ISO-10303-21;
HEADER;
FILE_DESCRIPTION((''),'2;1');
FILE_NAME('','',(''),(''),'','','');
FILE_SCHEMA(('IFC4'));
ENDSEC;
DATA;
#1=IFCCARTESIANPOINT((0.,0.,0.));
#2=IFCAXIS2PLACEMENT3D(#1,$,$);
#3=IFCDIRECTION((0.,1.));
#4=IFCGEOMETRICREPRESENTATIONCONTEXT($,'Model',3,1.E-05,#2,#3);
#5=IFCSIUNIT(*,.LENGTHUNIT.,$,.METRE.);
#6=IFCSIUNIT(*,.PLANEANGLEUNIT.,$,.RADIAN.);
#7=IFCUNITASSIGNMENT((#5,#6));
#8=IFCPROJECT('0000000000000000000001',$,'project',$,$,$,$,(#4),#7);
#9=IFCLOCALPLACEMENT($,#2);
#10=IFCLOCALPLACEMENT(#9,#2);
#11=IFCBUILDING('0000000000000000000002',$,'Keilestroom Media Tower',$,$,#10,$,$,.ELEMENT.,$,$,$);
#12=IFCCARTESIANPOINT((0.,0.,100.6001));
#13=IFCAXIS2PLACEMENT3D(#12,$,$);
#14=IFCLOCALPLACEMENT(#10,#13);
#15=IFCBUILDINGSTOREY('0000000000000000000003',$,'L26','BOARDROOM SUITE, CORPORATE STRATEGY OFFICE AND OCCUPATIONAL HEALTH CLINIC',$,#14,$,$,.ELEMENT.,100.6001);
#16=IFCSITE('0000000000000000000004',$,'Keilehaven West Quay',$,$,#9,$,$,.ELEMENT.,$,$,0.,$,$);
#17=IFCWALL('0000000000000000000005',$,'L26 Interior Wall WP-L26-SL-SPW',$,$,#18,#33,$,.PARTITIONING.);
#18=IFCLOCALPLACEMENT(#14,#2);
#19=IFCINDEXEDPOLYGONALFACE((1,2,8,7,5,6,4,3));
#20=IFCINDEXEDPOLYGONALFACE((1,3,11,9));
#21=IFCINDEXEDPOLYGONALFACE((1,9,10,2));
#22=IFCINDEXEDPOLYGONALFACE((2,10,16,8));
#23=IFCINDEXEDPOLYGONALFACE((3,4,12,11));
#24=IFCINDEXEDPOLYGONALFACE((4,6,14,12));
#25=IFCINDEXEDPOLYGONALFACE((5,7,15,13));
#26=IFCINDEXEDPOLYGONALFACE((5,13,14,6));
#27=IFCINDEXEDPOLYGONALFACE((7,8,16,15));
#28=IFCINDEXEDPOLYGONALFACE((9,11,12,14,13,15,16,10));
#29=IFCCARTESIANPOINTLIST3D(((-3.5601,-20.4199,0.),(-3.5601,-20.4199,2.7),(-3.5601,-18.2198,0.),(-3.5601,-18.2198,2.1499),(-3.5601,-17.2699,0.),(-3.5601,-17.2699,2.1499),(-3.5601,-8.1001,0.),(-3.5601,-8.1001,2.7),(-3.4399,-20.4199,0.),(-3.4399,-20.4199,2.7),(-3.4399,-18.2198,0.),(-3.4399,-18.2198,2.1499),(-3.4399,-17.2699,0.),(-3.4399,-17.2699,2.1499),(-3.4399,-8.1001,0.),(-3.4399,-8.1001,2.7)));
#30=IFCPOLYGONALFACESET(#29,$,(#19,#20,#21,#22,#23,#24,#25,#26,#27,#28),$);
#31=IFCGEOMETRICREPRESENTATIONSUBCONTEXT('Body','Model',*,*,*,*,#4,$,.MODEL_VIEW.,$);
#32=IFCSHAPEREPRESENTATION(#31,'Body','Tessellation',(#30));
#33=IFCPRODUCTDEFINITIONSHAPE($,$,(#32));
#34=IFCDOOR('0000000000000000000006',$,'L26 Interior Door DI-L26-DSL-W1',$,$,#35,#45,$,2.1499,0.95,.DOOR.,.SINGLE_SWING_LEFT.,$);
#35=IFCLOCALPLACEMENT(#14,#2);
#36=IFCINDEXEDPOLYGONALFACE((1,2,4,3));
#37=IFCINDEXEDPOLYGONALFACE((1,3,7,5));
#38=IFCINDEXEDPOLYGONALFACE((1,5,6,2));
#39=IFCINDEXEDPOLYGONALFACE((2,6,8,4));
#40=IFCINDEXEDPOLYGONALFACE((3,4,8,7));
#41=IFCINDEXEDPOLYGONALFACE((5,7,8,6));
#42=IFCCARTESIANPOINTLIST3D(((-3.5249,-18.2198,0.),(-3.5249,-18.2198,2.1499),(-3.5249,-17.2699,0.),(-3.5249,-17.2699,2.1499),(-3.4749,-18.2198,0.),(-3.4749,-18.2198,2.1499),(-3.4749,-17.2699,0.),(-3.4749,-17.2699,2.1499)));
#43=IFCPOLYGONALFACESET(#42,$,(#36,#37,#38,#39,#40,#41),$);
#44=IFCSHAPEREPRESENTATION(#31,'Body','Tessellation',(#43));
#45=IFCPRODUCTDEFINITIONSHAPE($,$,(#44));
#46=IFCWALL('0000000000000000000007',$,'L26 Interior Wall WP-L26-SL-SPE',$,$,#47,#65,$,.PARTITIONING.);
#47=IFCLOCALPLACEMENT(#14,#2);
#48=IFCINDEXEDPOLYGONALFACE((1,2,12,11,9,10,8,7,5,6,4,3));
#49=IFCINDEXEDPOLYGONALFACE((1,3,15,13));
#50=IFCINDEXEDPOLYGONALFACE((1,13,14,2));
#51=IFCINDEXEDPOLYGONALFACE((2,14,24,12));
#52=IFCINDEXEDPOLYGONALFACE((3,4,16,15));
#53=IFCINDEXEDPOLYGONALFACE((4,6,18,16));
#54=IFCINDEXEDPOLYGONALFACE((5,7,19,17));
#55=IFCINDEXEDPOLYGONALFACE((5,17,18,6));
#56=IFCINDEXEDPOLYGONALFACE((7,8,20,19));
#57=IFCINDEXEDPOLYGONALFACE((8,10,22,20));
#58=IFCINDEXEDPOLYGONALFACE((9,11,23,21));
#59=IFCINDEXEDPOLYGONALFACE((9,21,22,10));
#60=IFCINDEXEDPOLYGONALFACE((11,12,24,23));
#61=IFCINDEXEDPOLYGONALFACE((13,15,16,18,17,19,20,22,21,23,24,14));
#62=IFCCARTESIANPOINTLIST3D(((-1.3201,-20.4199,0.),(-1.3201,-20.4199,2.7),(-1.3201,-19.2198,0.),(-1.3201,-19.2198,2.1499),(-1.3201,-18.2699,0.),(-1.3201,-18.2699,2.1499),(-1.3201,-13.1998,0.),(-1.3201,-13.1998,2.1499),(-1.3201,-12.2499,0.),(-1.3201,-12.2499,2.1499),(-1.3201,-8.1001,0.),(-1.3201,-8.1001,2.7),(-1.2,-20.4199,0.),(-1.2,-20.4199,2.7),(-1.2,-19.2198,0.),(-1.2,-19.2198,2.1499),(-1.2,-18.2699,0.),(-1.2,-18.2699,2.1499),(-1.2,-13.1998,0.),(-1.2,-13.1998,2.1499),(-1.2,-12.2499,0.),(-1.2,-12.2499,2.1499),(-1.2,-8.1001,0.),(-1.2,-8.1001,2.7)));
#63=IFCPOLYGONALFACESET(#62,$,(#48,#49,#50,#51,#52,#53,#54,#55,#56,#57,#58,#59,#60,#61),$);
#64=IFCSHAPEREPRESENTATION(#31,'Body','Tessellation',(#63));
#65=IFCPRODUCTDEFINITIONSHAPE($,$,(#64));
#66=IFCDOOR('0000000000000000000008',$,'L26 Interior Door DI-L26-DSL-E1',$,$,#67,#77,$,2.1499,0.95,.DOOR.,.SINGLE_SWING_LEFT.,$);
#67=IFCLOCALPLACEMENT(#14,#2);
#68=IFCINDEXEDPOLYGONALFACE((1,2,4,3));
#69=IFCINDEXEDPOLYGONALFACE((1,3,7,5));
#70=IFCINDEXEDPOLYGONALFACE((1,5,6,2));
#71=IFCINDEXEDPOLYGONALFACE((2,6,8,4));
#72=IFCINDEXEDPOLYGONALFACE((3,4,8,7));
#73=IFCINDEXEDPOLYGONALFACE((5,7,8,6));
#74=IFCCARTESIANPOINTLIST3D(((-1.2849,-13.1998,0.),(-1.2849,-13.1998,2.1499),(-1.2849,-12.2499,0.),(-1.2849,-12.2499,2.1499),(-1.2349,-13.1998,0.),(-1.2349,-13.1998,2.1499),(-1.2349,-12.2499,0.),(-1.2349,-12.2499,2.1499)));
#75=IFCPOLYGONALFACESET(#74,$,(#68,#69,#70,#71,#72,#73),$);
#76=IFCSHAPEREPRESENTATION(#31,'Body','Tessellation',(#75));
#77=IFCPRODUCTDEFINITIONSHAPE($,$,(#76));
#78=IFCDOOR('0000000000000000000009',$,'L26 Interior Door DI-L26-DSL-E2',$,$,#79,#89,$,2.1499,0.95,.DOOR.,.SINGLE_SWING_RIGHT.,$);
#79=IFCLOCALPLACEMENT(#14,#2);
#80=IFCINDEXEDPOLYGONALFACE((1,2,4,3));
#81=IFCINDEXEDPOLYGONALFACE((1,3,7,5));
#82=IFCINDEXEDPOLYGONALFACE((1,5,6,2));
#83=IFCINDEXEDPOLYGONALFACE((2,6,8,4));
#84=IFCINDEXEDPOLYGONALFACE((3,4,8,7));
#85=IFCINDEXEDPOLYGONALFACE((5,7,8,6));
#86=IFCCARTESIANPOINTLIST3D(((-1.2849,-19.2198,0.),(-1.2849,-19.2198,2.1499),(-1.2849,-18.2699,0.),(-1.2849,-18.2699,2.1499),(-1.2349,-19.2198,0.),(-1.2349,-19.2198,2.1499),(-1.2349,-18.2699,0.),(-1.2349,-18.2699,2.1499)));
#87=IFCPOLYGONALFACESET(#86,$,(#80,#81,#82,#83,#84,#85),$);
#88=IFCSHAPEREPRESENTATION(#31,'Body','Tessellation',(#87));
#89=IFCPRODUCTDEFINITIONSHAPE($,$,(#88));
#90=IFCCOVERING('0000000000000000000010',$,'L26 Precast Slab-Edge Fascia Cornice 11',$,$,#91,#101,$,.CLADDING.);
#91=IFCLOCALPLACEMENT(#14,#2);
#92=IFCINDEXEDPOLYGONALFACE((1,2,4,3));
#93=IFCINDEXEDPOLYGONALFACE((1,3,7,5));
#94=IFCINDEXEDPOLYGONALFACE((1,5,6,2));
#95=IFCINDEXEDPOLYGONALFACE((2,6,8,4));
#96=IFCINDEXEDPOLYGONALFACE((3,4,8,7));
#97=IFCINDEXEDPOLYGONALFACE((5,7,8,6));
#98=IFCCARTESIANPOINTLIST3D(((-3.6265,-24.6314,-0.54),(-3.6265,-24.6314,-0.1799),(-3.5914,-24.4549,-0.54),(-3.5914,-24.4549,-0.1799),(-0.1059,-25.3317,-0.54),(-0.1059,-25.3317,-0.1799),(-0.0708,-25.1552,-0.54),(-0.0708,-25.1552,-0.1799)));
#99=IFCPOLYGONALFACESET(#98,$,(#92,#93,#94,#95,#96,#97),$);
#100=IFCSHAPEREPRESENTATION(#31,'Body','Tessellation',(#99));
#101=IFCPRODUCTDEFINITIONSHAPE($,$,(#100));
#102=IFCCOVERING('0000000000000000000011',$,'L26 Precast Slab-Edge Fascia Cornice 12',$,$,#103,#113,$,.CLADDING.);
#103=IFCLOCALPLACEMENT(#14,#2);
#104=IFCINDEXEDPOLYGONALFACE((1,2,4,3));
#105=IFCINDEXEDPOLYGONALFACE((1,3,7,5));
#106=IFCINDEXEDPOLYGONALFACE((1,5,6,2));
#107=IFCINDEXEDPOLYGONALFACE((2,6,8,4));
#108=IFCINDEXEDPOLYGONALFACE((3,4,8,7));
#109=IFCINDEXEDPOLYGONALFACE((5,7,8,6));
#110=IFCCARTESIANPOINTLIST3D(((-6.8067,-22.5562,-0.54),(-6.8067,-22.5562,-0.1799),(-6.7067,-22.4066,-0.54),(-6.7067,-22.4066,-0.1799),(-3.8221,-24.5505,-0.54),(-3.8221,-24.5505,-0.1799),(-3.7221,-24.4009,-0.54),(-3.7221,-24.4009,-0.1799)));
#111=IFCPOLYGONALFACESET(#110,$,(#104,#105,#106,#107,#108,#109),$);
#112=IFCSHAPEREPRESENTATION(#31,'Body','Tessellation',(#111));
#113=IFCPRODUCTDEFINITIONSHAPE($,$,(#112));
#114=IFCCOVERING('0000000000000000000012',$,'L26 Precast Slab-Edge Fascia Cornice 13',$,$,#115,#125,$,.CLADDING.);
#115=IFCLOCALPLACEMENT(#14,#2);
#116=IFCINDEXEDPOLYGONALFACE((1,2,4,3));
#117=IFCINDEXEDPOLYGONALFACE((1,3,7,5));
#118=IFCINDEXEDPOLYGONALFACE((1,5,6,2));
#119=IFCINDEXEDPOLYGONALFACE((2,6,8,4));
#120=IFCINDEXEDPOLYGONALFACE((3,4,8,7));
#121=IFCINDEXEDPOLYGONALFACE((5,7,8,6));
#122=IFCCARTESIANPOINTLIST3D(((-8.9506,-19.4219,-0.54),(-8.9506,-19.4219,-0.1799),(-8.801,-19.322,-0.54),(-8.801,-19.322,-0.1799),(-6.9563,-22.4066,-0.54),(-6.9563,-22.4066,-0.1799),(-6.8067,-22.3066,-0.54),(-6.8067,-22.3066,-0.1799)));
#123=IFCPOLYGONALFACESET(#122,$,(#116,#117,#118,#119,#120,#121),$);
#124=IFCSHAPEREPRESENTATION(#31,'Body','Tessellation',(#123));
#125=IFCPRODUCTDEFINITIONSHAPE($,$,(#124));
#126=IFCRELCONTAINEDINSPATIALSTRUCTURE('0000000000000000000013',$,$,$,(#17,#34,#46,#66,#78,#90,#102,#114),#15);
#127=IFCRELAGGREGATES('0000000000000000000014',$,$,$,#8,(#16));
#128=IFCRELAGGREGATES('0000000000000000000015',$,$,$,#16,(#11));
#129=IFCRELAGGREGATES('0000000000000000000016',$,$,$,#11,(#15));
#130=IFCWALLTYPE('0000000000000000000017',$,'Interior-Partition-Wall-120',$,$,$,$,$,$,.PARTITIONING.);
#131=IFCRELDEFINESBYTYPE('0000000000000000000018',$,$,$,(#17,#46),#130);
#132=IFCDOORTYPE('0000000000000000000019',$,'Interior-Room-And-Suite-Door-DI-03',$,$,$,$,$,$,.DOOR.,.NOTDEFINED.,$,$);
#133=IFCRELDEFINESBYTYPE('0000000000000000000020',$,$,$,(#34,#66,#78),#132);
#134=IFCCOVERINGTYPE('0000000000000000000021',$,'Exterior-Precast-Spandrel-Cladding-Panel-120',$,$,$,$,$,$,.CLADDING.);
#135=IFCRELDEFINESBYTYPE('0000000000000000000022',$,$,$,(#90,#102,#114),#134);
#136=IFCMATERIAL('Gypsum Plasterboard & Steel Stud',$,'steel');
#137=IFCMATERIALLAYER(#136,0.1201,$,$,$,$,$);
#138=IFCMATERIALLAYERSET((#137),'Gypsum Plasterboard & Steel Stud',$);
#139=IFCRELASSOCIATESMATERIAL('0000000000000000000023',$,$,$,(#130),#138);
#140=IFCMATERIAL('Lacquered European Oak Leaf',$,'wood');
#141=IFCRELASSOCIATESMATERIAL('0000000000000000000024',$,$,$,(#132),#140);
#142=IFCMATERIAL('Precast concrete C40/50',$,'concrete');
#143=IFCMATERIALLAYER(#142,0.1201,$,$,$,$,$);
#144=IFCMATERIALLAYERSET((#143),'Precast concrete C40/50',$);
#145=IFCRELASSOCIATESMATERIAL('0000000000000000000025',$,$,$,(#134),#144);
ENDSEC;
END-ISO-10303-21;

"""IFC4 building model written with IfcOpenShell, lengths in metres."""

from ifc_helpers import new_model, si_unit, direction, frame, frame_2d, origin, origin_2d, place, context, subcontext, project, spatial, rectangle, extrude, source, transform, mapped, material, layer, layer_set, type_object, element, fill, save


model = new_model("IFC4")

# Units and contexts
model_context = context("Model", 3, precision=1e-05, world=origin(), true_north=direction((0.0, 1.0)))
body_context = subcontext(model_context, "Body", "Model", "MODEL_VIEW")
ifc_project = project(units=[si_unit("LENGTHUNIT", "METRE"), si_unit("PLANEANGLEUNIT", "RADIAN")], contexts=[model_context])

# Site, building, storey
site_placement = place(None, origin())
site = spatial("IfcSite", under=ifc_project, at=site_placement, Name="Keilehaven West Quay", CompositionType="ELEMENT", RefElevation=0.0)
building_placement = place(site_placement, origin())
building = spatial("IfcBuilding", under=site, at=building_placement, Name="Keilestroom Media Tower", CompositionType="ELEMENT")
storey_placement = place(building_placement, frame((0.0, 0.0, 100.6001)))
storey = spatial("IfcBuildingStorey", under=building, at=storey_placement, Name="L26", Description="BOARDROOM SUITE, CORPORATE STRATEGY OFFICE AND OCCUPATIONAL HEALTH CLINIC", CompositionType="ELEMENT", Elevation=100.6001)

# Shared definitions
ifc_material_1 = material(Name="Precast concrete C40/50", Category="concrete")

# Wall, opening, door
ifc_material_2 = material(Name="Gypsum Plasterboard & Steel Stud", Category="steel")
ifc_layer_1 = layer(ifc_material_2, 0.1201)
ifc_layer_set_1 = layer_set([ifc_layer_1], Name="Gypsum Plasterboard & Steel Stud")
wall_type_1 = type_object("IfcWallType", Name="Interior-Partition-Wall-120", PredefinedType="PARTITIONING", material=ifc_layer_set_1)
wall_1_placement = place(storey_placement, frame((-3.5, -20.4199, 0.0), z_axis=(0.0, 0.0, 1.0), x_axis=(0.0, 1.0, 0.0)))
wall_1 = element("IfcWall", 1, at=wall_1_placement, inside=storey, type_object=wall_type_1, Name="L26 Interior Wall WP-L26-SL-SPW", PredefinedType="PARTITIONING", context=body_context, shape_type="SweptSolid", body=[
    extrude(rectangle(XDim=12.3198, YDim=0.1201, at=frame_2d((6.1599, 0.0))), origin(), (0.0, 0.0, 1.0), 2.7),
])
opening_1_placement = place(wall_1_placement, frame((2.2, 0.0, 0.0)))
opening_1 = element("IfcOpeningElement", 2, at=opening_1_placement, cuts=wall_1, PredefinedType="OPENING", context=body_context, shape_type="SweptSolid", body=[
    extrude(rectangle(XDim=0.95, YDim=2.1499, at=frame_2d((0.4751, 1.075))), frame((0.0, 0.0701, 0.0), z_axis=(0.0, -1.0, 0.0), x_axis=(1.0, 0.0, 0.0)), (0.0, 0.0, 1.0), 0.1401),
])
ifc_material_3 = material(Name="Lacquered European Oak Leaf", Category="wood")
door_type = type_object("IfcDoorType", Name="Interior-Room-And-Suite-Door-DI-03", OperationType="NOTDEFINED", PredefinedType="DOOR", material=ifc_material_3)
shared_shape_1 = source(origin(), body_context, "Body", "SweptSolid", [
    extrude(rectangle(XDim=0.95, YDim=2.1499, at=frame_2d((0.4751, 1.075))), frame((0.0, 0.0249, 0.0), z_axis=(0.0, -1.0, 0.0), x_axis=(1.0, 0.0, 0.0)), (0.0, 0.0, 1.0), 0.05),
])
door_1_placement = place(opening_1_placement, origin())
door_1 = element("IfcDoor", 3, at=door_1_placement, inside=storey, type_object=door_type, Name="L26 Interior Door DI-L26-DSL-W1", OperationType="SINGLE_SWING_LEFT", OverallHeight=2.1499, OverallWidth=0.95, PredefinedType="DOOR", context=body_context, shape_type="MappedRepresentation", body=[
    mapped(shared_shape_1, transform((0.0, 0.0, 0.0), x_axis=(1.0, 0.0, 0.0), y_axis=(0.0, 1.0, 0.0), z_axis=(0.0, 0.0, 1.0), scale=1.0)),
])
fill(opening_1, door_1)

# Wall, openings, doors
wall_2_placement = place(storey_placement, frame((-1.26, -20.4199, 0.0), z_axis=(0.0, 0.0, 1.0), x_axis=(0.0, 1.0, 0.0)))
wall_2 = element("IfcWall", 4, at=wall_2_placement, inside=storey, type_object=wall_type_1, Name="L26 Interior Wall WP-L26-SL-SPE", PredefinedType="PARTITIONING", context=body_context, shape_type="SweptSolid", body=[
    extrude(rectangle(XDim=12.3198, YDim=0.1201, at=frame_2d((6.1599, 0.0))), origin(), (0.0, 0.0, 1.0), 2.7),
])
opening_2_placement = place(wall_2_placement, frame((7.22, 0.0, 0.0)))
opening_2 = element("IfcOpeningElement", 5, at=opening_2_placement, cuts=wall_2, PredefinedType="OPENING", context=body_context, shape_type="SweptSolid", body=[
    extrude(rectangle(XDim=0.95, YDim=2.1499, at=frame_2d((0.4751, 1.075))), frame((0.0, 0.0701, 0.0), z_axis=(0.0, -1.0, 0.0), x_axis=(1.0, 0.0, 0.0)), (0.0, 0.0, 1.0), 0.1401),
])
opening_3_placement = place(wall_2_placement, frame((1.2, 0.0, 0.0)))
opening_3 = element("IfcOpeningElement", 6, at=opening_3_placement, cuts=wall_2, PredefinedType="OPENING", context=body_context, shape_type="SweptSolid", body=[
    extrude(rectangle(XDim=0.95, YDim=2.1499, at=frame_2d((0.4751, 1.075))), frame((0.0, 0.0701, 0.0), z_axis=(0.0, -1.0, 0.0), x_axis=(1.0, 0.0, 0.0)), (0.0, 0.0, 1.0), 0.1401),
])
door_2_placement = place(opening_2_placement, origin())
door_2 = element("IfcDoor", 7, at=door_2_placement, inside=storey, type_object=door_type, Name="L26 Interior Door DI-L26-DSL-E1", OperationType="SINGLE_SWING_LEFT", OverallHeight=2.1499, OverallWidth=0.95, PredefinedType="DOOR", context=body_context, shape_type="MappedRepresentation", body=[
    mapped(shared_shape_1, transform((0.0, 0.0, 0.0), x_axis=(1.0, 0.0, 0.0), y_axis=(0.0, 1.0, 0.0), z_axis=(0.0, 0.0, 1.0), scale=1.0)),
])
fill(opening_2, door_2)
door_3_placement = place(opening_3_placement, origin())
door_3 = element("IfcDoor", 8, at=door_3_placement, inside=storey, type_object=door_type, Name="L26 Interior Door DI-L26-DSL-E2", OperationType="SINGLE_SWING_RIGHT", OverallHeight=2.1499, OverallWidth=0.95, PredefinedType="DOOR", context=body_context, shape_type="MappedRepresentation", body=[
    mapped(shared_shape_1, transform((0.0, 0.0, 0.0), x_axis=(1.0, 0.0, 0.0), y_axis=(0.0, 1.0, 0.0), z_axis=(0.0, 0.0, 1.0), scale=1.0)),
])
fill(opening_3, door_3)

# Coverings
ifc_layer_2 = layer(ifc_material_1, 0.1201)
ifc_layer_set_2 = layer_set([ifc_layer_2], Name="Precast concrete C40/50")
covering_type = type_object("IfcCoveringType", Name="Exterior-Precast-Spandrel-Cladding-Panel-120", PredefinedType="CLADDING", material=ifc_layer_set_2)
shared_shape_2 = source(origin(), body_context, "Body", "SweptSolid", [
    extrude(rectangle(XDim=3.5896, YDim=0.1799, at=origin_2d()), origin(), (0.0, 0.0, 1.0), 0.3601),
])
for number, where, z_axis, x_axis, name in (
    (9, (-1.8486, -24.8933, -0.54), (0.0, 0.0, 1.0), (-0.980784, 0.195099, 0.0), "L26 Precast Slab-Edge Fascia Cornice 11"),
    (10, (-5.2644, -23.4785, -0.54), (0.0, 0.0, 1.0), (-0.831467, 0.555575, 0.0), "L26 Precast Slab-Edge Fascia Cornice 12"),
    (11, (-7.8787, -20.8643, -0.54), (0.0, 0.0, 1.0), (-0.555575, 0.831467, 0.0), "L26 Precast Slab-Edge Fascia Cornice 13"),
):
    element("IfcCovering", number, at=place(storey_placement, frame(where, z_axis=z_axis, x_axis=x_axis)), inside=storey, type_object=covering_type, Name=name, PredefinedType="CLADDING", context=body_context, shape_type="MappedRepresentation", body=[
        mapped(shared_shape_2, transform((0.0, 0.0, 0.0), x_axis=(1.0, 0.0, 0.0), y_axis=(0.0, 1.0, 0.0), z_axis=(0.0, 0.0, 1.0), scale=1.0)),
    ])

save(model, "model.ifc")
